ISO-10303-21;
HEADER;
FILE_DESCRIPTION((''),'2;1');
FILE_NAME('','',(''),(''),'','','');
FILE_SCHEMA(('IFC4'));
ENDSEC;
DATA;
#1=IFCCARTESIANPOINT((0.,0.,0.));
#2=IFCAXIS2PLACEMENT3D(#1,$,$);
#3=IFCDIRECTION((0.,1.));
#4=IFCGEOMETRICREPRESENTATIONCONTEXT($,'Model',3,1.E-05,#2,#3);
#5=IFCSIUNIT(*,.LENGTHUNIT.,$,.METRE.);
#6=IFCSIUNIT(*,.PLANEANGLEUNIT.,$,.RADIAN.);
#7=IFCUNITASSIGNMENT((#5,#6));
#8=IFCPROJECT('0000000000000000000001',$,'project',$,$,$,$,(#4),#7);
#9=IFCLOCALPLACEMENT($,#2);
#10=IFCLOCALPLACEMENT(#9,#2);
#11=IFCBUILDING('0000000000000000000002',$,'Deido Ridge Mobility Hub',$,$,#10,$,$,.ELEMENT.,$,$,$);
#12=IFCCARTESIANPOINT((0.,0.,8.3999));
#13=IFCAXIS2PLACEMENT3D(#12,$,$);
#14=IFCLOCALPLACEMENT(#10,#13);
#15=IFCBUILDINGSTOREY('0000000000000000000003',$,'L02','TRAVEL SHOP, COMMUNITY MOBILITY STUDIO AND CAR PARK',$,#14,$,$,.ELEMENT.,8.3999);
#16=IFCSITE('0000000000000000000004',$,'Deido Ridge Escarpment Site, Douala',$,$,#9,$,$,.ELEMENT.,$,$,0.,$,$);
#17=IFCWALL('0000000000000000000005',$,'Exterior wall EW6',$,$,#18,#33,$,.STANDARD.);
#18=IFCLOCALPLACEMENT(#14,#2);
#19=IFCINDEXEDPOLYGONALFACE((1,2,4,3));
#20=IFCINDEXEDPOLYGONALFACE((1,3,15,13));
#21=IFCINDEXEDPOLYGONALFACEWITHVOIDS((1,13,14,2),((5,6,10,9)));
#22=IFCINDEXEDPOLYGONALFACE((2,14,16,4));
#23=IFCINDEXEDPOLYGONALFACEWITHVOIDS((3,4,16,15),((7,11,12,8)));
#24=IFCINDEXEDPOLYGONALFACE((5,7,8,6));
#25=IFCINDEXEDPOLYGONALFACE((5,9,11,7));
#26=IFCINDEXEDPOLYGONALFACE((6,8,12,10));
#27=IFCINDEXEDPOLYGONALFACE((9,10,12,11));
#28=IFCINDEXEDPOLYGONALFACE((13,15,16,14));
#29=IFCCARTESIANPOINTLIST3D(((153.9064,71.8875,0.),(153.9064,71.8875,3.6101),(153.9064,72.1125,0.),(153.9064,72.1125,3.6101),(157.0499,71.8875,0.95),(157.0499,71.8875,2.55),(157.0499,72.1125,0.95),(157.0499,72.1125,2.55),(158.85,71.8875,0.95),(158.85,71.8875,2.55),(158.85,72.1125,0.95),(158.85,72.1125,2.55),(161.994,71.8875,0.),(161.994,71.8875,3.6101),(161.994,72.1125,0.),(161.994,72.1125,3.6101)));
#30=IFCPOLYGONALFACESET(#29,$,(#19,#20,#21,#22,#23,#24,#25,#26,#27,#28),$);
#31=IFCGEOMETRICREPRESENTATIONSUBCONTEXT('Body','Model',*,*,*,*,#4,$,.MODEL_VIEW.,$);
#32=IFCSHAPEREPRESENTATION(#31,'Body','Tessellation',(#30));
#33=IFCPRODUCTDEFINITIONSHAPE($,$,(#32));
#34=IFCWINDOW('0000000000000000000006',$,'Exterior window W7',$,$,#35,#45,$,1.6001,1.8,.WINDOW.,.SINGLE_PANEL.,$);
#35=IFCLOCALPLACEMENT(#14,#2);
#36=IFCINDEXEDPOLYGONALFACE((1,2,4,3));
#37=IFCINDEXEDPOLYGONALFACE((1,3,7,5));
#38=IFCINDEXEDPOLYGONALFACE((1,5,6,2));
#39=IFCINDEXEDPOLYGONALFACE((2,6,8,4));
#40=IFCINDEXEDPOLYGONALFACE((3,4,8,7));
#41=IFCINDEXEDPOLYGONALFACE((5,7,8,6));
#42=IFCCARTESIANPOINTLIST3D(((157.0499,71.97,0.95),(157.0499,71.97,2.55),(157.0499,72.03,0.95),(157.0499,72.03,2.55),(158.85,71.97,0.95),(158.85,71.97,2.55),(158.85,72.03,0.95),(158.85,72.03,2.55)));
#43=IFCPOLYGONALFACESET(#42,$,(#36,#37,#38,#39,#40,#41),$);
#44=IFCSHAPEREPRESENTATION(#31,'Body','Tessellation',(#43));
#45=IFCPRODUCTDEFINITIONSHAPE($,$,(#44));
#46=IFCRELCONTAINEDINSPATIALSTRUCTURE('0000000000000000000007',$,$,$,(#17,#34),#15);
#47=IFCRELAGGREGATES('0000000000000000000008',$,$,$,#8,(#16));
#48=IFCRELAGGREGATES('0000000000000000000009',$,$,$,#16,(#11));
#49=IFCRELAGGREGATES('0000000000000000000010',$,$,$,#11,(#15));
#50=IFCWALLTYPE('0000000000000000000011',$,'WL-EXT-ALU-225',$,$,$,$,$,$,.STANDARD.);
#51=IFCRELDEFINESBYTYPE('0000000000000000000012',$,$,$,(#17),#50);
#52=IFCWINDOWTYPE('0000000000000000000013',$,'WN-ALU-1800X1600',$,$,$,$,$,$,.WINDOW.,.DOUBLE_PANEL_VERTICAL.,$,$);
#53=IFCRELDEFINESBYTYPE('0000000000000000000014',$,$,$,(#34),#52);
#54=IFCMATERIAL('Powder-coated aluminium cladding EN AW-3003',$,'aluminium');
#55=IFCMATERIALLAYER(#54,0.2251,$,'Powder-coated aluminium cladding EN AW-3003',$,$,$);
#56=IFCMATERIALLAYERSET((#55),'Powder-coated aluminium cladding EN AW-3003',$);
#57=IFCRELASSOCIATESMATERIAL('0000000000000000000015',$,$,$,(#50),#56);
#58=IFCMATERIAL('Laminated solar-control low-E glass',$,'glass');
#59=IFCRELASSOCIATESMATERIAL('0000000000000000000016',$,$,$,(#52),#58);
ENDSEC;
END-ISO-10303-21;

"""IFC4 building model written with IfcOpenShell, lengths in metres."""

from ifc_helpers import new_model, si_unit, direction, frame, frame_2d, origin, place, context, subcontext, project, spatial, rectangle, extrude, material, layer, layer_set, type_object, element, fill, save


model = new_model("IFC4")

# Units and contexts
model_context = context("Model", 3, precision=1e-05, world=origin(), true_north=direction((0.0, 1.0)))
body_context = subcontext(model_context, "Body", "Model", "MODEL_VIEW")
ifc_project = project(units=[si_unit("LENGTHUNIT", "METRE"), si_unit("PLANEANGLEUNIT", "RADIAN")], contexts=[model_context])

# Site, building, storey
site_placement = place(None, origin())
site = spatial("IfcSite", under=ifc_project, at=site_placement, Name="Deido Ridge Escarpment Site, Douala", CompositionType="ELEMENT", RefElevation=0.0)
building_placement = place(site_placement, origin())
building = spatial("IfcBuilding", under=site, at=building_placement, Name="Deido Ridge Mobility Hub", CompositionType="ELEMENT")
storey_placement = place(building_placement, frame((0.0, 0.0, 8.3999)))
storey = spatial("IfcBuildingStorey", under=building, at=storey_placement, Name="L02", Description="TRAVEL SHOP, COMMUNITY MOBILITY STUDIO AND CAR PARK", CompositionType="ELEMENT", Elevation=8.3999)

# Shared definitions
ifc_material_1 = material(Name="Laminated solar-control low-E glass", Category="glass")

# Wall, opening, window
ifc_material_2 = material(Name="Powder-coated aluminium cladding EN AW-3003", Category="aluminium")
ifc_layer_1 = layer(ifc_material_2, 0.2251, Name="Powder-coated aluminium cladding EN AW-3003")
ifc_layer_set_1 = layer_set([ifc_layer_1], Name="Powder-coated aluminium cladding EN AW-3003")
wall_type = type_object("IfcWallType", Name="WL-EXT-ALU-225", PredefinedType="STANDARD", material=ifc_layer_set_1)
wall_placement = place(storey_placement, frame((153.9062, 72.0, 0.0), z_axis=(0.0, 0.0, 1.0), x_axis=(1.0, 0.0, 0.0)))
wall = element("IfcWall", 1, at=wall_placement, inside=storey, type_object=wall_type, Name="Exterior wall EW6", PredefinedType="STANDARD", context=body_context, shape_type="SweptSolid", body=[
    extrude(rectangle(XDim=8.0876, YDim=0.2251, at=frame_2d((4.0439, 0.0))), origin(), (0.0, 0.0, 1.0), 3.6101),
])
opening_placement = place(wall_placement, frame((3.1438, 0.0, 0.95)))
opening = element("IfcOpeningElement", 2, at=opening_placement, cuts=wall, PredefinedType="OPENING", context=body_context, shape_type="SweptSolid", body=[
    extrude(rectangle(XDim=1.8, YDim=1.6001, at=frame_2d((0.8999, 0.8))), frame((0.0, 0.1226, 0.0), z_axis=(0.0, -1.0, 0.0), x_axis=(1.0, 0.0, 0.0)), (0.0, 0.0, 1.0), 0.2451),
])
window_type = type_object("IfcWindowType", Name="WN-ALU-1800X1600", PartitioningType="DOUBLE_PANEL_VERTICAL", PredefinedType="WINDOW", material=ifc_material_1)
window_placement = place(opening_placement, origin())
window = element("IfcWindow", 3, at=window_placement, inside=storey, type_object=window_type, Name="Exterior window W7", OverallHeight=1.6001, OverallWidth=1.8, PartitioningType="SINGLE_PANEL", PredefinedType="WINDOW", context=body_context, shape_type="SweptSolid", body=[
    extrude(rectangle(XDim=1.8, YDim=1.6001, at=frame_2d((0.8999, 0.8))), frame((0.0, 0.03, 0.0), z_axis=(0.0, -1.0, 0.0), x_axis=(1.0, 0.0, 0.0)), (0.0, 0.0, 1.0), 0.0601),
])
fill(opening, window)

save(model, "model.ifc")
